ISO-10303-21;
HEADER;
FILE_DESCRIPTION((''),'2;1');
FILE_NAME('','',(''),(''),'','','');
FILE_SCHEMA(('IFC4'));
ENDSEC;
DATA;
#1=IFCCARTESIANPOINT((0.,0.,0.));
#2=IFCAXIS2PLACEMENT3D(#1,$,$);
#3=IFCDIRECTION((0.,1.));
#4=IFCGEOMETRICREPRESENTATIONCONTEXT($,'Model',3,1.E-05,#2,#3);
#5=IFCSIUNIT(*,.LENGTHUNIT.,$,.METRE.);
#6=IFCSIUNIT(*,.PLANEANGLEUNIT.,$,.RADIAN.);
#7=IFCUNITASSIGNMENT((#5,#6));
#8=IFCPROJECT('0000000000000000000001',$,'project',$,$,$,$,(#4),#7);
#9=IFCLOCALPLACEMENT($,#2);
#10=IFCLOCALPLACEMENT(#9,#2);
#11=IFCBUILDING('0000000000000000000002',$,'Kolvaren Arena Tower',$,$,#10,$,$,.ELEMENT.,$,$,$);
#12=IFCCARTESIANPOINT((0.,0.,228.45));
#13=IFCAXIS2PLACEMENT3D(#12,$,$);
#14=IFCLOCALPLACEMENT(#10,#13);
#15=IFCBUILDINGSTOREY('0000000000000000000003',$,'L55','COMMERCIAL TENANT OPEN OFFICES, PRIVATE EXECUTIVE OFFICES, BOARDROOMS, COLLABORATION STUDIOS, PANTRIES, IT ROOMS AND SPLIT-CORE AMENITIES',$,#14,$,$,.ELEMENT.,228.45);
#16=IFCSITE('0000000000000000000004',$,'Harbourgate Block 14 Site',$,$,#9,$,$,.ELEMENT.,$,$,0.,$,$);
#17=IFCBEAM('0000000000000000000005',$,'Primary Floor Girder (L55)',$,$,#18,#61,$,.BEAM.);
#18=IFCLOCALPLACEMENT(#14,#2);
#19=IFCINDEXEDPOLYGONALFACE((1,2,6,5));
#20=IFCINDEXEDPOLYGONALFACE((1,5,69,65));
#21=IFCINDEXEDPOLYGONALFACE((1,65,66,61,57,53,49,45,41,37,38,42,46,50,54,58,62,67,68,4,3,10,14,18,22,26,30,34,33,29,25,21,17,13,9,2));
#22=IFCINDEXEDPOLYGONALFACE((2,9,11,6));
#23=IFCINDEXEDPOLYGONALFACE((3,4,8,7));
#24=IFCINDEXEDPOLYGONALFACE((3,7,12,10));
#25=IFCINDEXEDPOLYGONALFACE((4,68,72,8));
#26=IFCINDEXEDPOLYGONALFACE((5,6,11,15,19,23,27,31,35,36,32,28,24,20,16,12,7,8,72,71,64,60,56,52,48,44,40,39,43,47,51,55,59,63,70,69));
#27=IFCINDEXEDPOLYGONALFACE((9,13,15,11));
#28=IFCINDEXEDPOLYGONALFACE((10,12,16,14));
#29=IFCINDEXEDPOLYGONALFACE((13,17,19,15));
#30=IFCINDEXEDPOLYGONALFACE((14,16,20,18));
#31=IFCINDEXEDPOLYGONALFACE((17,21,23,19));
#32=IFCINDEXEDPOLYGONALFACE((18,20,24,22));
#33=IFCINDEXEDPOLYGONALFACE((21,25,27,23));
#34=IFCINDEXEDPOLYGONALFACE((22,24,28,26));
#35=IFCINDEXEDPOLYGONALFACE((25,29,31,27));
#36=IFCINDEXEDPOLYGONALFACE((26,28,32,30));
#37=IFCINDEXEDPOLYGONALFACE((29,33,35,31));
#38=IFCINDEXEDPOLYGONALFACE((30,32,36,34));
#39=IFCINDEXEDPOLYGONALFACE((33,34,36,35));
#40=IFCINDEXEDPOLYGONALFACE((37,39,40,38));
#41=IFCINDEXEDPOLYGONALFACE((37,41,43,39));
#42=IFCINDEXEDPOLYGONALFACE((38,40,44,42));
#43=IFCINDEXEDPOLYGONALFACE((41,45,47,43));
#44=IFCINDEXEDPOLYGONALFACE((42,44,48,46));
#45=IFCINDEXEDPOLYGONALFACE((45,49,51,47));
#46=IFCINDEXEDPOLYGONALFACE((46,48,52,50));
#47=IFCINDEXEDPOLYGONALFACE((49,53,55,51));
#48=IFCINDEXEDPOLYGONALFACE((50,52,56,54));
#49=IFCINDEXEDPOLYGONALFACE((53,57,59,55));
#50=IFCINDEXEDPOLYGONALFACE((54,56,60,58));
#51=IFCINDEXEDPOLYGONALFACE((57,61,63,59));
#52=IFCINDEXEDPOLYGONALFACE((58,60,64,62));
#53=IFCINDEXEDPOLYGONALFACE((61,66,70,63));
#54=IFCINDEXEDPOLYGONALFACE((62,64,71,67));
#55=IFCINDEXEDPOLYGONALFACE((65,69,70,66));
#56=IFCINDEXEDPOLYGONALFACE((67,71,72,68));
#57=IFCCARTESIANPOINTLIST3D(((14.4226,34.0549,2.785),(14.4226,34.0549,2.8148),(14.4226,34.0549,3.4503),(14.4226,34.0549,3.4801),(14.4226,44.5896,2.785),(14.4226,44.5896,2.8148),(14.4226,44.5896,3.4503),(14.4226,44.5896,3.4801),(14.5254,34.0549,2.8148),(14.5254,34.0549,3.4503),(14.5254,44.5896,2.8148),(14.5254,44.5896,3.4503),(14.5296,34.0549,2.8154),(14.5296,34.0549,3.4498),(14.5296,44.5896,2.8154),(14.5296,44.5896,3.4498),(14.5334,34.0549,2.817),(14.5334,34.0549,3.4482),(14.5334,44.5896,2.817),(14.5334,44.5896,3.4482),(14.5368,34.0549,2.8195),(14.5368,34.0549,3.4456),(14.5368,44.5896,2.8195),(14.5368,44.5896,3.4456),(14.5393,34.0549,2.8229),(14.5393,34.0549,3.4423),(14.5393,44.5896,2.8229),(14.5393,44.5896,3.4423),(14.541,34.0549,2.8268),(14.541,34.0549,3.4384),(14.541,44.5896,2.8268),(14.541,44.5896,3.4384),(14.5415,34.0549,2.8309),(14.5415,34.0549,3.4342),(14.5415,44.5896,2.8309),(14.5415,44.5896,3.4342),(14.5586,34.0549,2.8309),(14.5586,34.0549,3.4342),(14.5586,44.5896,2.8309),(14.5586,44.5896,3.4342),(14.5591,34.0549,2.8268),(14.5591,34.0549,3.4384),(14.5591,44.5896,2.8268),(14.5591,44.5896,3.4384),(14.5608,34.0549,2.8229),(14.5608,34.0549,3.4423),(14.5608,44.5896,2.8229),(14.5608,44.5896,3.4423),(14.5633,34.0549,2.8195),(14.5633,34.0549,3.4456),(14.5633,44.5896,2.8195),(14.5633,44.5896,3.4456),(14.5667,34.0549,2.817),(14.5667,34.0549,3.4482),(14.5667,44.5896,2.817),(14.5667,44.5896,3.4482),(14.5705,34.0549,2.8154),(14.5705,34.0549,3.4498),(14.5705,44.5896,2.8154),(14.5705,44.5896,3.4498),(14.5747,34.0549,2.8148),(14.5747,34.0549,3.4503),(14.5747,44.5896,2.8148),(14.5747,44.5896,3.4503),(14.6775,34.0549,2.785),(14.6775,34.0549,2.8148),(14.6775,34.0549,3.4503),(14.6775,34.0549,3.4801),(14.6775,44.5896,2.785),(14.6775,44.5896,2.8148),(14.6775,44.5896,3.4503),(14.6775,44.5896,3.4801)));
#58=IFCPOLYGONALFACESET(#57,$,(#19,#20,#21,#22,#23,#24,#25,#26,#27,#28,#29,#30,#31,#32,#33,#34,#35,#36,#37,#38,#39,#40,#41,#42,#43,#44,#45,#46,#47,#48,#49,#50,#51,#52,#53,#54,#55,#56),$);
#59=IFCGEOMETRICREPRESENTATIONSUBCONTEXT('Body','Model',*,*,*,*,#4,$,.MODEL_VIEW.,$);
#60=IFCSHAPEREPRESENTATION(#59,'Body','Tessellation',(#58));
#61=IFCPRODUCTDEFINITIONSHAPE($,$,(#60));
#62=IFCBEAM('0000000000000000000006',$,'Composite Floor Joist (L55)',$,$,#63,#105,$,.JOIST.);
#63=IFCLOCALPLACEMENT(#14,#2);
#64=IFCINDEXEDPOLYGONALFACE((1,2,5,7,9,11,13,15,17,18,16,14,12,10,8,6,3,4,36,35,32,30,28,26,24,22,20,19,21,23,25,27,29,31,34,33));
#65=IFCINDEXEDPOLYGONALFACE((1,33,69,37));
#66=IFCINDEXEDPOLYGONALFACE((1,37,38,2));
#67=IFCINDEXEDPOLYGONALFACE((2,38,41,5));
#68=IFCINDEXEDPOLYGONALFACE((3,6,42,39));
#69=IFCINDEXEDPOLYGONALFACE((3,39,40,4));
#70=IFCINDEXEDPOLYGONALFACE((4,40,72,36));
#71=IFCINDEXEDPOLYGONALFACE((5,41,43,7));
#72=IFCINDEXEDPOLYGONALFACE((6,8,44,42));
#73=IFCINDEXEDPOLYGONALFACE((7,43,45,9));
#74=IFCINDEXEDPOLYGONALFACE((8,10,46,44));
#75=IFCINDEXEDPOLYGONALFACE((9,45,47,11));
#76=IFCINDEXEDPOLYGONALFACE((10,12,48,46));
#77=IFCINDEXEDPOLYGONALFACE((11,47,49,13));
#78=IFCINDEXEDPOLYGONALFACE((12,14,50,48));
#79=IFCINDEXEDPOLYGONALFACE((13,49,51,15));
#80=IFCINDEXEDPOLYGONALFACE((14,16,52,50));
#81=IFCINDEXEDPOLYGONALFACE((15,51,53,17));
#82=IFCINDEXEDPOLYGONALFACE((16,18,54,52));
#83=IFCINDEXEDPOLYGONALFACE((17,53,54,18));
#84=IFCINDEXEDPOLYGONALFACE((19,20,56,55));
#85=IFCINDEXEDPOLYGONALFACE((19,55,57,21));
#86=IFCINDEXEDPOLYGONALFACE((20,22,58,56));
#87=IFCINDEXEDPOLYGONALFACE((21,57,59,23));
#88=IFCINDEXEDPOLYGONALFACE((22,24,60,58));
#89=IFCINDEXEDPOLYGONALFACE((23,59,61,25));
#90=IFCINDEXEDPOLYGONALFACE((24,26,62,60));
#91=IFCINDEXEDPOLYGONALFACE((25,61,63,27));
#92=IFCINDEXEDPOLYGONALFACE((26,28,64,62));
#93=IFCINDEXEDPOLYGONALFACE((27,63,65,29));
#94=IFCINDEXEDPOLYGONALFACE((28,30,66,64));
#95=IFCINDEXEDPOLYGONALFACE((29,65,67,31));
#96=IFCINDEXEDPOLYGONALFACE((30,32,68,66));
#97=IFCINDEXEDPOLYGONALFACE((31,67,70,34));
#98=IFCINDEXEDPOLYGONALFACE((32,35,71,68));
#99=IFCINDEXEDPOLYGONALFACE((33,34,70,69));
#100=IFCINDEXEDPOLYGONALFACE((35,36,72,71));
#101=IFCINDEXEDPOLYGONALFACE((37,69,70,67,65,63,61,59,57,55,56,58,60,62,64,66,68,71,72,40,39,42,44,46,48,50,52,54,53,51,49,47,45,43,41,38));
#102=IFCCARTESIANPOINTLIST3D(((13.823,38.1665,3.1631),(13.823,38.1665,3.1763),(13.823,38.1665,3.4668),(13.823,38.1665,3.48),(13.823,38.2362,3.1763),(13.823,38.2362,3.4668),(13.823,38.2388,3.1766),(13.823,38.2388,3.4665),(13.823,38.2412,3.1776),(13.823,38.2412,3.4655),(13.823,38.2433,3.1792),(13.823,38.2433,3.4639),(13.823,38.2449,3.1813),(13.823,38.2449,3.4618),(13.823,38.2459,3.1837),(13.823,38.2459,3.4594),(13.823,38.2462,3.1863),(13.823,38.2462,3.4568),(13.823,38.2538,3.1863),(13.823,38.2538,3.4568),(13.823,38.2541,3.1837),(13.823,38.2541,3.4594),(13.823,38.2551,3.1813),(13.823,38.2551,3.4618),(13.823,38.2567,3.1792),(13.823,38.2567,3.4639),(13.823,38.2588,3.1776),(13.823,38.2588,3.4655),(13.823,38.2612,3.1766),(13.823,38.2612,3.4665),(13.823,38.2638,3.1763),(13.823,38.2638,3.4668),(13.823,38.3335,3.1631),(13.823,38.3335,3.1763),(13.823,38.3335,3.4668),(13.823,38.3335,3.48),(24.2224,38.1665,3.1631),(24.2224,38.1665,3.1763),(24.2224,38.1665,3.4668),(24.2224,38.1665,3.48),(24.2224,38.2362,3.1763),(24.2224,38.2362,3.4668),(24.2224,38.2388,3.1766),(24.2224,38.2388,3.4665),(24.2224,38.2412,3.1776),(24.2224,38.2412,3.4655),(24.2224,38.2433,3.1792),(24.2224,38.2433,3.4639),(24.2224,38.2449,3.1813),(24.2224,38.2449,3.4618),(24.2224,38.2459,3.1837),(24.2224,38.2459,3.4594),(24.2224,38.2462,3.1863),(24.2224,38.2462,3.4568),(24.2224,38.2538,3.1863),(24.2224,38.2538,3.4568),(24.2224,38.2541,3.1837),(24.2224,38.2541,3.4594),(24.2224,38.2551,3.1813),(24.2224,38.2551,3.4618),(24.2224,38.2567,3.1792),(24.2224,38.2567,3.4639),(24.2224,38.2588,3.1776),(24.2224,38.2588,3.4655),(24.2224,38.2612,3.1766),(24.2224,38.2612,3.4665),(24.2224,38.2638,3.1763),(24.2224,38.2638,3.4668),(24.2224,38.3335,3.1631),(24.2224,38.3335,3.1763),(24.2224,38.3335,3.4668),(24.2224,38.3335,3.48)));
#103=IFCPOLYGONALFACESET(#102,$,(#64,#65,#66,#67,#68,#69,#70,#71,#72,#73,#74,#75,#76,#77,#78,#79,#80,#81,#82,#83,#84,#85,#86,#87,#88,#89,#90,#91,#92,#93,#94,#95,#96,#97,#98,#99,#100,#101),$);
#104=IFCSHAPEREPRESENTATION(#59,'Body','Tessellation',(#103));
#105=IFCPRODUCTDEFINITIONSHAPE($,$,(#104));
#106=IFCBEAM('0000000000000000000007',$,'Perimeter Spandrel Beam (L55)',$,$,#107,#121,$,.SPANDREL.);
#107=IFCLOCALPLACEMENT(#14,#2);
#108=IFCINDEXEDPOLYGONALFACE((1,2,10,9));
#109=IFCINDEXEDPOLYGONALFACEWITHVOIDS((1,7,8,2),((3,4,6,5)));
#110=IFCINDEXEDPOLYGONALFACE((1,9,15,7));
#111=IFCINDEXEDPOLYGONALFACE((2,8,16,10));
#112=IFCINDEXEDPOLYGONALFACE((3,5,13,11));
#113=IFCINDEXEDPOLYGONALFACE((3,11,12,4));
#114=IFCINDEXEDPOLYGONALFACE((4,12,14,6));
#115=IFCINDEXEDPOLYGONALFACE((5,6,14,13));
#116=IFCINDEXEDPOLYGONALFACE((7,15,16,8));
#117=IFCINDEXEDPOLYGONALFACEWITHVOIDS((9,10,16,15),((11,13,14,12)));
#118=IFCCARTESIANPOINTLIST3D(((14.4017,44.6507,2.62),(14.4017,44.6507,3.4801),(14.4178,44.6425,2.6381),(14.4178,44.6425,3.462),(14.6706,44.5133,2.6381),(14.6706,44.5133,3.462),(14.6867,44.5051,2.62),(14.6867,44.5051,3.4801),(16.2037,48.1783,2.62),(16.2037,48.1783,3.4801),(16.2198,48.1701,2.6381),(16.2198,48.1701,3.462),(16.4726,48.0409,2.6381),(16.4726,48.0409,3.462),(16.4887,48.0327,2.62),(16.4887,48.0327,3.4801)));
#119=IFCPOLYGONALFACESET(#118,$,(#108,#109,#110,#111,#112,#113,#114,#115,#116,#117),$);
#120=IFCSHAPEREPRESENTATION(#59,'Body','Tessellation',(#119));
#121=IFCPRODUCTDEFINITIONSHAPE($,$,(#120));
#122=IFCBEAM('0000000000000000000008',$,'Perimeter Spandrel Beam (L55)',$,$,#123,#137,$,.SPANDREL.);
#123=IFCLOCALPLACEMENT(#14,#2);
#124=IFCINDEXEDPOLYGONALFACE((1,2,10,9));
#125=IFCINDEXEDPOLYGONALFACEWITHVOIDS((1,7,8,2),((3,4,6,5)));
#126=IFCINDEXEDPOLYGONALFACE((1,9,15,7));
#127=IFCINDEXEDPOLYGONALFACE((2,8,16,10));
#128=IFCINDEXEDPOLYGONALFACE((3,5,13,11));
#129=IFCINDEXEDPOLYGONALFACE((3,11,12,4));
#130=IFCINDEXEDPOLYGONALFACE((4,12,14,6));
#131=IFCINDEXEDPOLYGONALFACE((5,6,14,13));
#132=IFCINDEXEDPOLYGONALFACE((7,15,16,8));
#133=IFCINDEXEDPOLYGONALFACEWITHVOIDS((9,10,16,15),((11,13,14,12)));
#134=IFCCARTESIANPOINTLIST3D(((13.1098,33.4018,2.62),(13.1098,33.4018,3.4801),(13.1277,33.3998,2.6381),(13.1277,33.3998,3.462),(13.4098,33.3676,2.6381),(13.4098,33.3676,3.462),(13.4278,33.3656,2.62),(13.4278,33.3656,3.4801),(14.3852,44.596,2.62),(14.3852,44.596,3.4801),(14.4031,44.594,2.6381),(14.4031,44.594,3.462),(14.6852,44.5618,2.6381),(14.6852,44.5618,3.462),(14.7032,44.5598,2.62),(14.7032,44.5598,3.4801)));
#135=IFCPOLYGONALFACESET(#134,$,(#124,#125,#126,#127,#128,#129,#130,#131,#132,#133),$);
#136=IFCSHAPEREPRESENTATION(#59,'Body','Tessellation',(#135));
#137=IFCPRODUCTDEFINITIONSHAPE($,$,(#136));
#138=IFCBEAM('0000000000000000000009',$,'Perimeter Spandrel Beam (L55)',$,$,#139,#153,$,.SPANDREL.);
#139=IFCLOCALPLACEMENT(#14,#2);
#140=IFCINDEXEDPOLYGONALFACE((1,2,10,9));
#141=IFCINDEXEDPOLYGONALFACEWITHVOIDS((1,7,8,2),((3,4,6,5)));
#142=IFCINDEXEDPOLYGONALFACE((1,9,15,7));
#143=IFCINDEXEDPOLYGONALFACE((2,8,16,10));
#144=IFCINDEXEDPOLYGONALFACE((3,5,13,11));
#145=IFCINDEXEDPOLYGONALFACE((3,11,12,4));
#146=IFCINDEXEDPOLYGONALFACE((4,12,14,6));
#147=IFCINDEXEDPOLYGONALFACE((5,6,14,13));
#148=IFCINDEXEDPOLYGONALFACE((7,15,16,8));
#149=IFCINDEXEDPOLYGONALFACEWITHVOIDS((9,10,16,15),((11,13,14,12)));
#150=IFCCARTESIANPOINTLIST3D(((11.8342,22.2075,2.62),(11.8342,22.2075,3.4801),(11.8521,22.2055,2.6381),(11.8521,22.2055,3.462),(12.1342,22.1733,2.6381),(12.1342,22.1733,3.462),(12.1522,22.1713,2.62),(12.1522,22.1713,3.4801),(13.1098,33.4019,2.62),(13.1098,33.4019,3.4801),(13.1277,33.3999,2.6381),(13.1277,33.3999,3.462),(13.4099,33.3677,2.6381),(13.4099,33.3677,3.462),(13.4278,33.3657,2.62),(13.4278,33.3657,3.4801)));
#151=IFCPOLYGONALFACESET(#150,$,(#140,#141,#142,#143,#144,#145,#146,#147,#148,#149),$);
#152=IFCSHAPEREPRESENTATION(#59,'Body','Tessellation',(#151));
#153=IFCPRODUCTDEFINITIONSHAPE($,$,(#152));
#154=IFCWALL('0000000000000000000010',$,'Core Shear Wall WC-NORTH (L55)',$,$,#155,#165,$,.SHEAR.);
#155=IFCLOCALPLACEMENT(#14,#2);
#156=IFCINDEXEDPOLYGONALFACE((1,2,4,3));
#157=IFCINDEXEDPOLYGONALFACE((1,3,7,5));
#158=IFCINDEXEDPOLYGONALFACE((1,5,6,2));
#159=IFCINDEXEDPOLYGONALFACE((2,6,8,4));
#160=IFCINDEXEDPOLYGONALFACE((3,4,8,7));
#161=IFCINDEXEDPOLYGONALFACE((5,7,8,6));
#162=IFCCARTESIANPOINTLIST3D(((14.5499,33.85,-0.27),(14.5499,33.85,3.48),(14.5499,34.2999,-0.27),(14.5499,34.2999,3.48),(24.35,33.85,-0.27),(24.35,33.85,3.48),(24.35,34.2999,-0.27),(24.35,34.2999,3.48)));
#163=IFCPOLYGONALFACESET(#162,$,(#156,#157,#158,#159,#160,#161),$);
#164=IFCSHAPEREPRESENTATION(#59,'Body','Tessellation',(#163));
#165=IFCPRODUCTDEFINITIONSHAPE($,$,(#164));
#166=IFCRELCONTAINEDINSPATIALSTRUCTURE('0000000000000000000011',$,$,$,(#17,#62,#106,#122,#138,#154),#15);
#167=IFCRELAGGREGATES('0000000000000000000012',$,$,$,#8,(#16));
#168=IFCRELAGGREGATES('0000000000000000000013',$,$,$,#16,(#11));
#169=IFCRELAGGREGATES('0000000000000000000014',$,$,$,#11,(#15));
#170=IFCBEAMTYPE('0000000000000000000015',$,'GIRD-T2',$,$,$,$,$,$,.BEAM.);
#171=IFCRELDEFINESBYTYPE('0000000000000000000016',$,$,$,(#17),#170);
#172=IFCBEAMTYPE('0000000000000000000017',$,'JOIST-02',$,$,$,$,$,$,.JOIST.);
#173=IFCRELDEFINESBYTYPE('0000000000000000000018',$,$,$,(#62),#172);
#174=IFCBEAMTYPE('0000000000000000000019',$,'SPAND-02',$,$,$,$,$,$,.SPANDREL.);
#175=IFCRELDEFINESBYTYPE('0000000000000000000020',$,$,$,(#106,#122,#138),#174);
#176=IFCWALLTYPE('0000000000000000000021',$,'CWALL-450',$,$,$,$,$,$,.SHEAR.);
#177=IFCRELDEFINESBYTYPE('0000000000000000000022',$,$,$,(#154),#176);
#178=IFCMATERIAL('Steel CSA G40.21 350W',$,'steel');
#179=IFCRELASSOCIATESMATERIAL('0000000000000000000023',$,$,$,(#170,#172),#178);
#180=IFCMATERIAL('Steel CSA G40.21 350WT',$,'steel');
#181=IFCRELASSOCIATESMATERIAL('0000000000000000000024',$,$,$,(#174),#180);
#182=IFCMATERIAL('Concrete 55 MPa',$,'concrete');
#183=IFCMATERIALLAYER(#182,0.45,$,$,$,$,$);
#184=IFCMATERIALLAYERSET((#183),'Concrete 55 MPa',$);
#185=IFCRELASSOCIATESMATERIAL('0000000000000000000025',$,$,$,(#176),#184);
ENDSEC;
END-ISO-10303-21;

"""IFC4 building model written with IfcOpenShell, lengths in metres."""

from ifc_helpers import new_model, si_unit, direction, frame, frame_2d, origin, origin_2d, place, context, subcontext, project, spatial, rectangle, hollow_rectangle, i_section, extrude, material, layer, layer_set, material_profile, profile_set, type_object, element, save


model = new_model("IFC4")

# Units and contexts
model_context = context("Model", 3, precision=1e-05, world=origin(), true_north=direction((0.0, 1.0)))
body_context = subcontext(model_context, "Body", "Model", "MODEL_VIEW")
ifc_project = project(units=[si_unit("LENGTHUNIT", "METRE"), si_unit("PLANEANGLEUNIT", "RADIAN")], contexts=[model_context])

# Site, building, storey
site_placement = place(None, origin())
site = spatial("IfcSite", under=ifc_project, at=site_placement, Name="Harbourgate Block 14 Site", CompositionType="ELEMENT", RefElevation=0.0)
building_placement = place(site_placement, origin())
building = spatial("IfcBuilding", under=site, at=building_placement, Name="Kolvaren Arena Tower", CompositionType="ELEMENT")
storey_placement = place(building_placement, frame((0.0, 0.0, 228.45)))
storey = spatial("IfcBuildingStorey", under=building, at=storey_placement, Name="L55", Description="COMMERCIAL TENANT OPEN OFFICES, PRIVATE EXECUTIVE OFFICES, BOARDROOMS, COLLABORATION STUDIOS, PANTRIES, IT ROOMS AND SPLIT-CORE AMENITIES", CompositionType="ELEMENT", Elevation=228.45)

# Beams
ifc_material_1 = material(Name="Steel CSA G40.21 350W", Category="steel")
ifc_material_profile_1 = material_profile(ifc_material_1, i_section(OverallWidth=0.2549, OverallDepth=0.6951, WebThickness=0.0171, FlangeThickness=0.0298, FilletRadius=0.0161, at=origin_2d()), Name="W690x217")
ifc_profile_set_1 = profile_set([ifc_material_profile_1], Name="Steel CSA G40.21 350W")
beam_type_1 = type_object("IfcBeamType", Name="GIRD-T2", PredefinedType="BEAM", material=ifc_profile_set_1)
beam_1_placement = place(storey_placement, frame((14.55, 34.0549, 3.1326), z_axis=(0.0, 1.0, 0.0), x_axis=(-1.0, 0.0, 0.0)))
element("IfcBeam", 1, at=beam_1_placement, inside=storey, type_object=beam_type_1, Name="Primary Floor Girder (L55)", PredefinedType="BEAM", context=body_context, shape_type="SweptSolid", body=[
    extrude(i_section(OverallWidth=0.2549, OverallDepth=0.6951, WebThickness=0.0171, FlangeThickness=0.0298, FilletRadius=0.0161, at=origin_2d()), origin(), (0.0, 0.0, 1.0), 10.5347),
])
ifc_material_profile_2 = material_profile(ifc_material_1, i_section(OverallWidth=0.167, OverallDepth=0.3169, WebThickness=0.0076, FlangeThickness=0.0132, FilletRadius=0.01, at=origin_2d()), Name="W310x52")
ifc_profile_set_2 = profile_set([ifc_material_profile_2], Name="Steel CSA G40.21 350W")
beam_type_2 = type_object("IfcBeamType", Name="JOIST-02", PredefinedType="JOIST", material=ifc_profile_set_2)
beam_2_placement = place(storey_placement, frame((13.823, 38.25, 3.3215), z_axis=(1.0, 0.0, 0.0), x_axis=(0.0, 1.0, 0.0)))
element("IfcBeam", 2, at=beam_2_placement, inside=storey, type_object=beam_type_2, Name="Composite Floor Joist (L55)", PredefinedType="JOIST", context=body_context, shape_type="SweptSolid", body=[
    extrude(i_section(OverallWidth=0.167, OverallDepth=0.3169, WebThickness=0.0076, FlangeThickness=0.0132, FilletRadius=0.01, at=origin_2d()), origin(), (0.0, 0.0, 1.0), 10.3994),
])
ifc_material_2 = material(Name="Steel CSA G40.21 350WT", Category="steel")
ifc_material_profile_3 = material_profile(ifc_material_2, hollow_rectangle(XDim=0.3201, YDim=0.8601, WallThickness=0.0181, at=origin_2d()), Name="HSS 860x320x18")
ifc_profile_set_3 = profile_set([ifc_material_profile_3], Name="Steel CSA G40.21 350WT")
beam_type_3 = type_object("IfcBeamType", Name="SPAND-02", PredefinedType="SPANDREL", material=ifc_profile_set_3)
beam_3_placement = place(storey_placement, frame((16.3462, 48.1055, 3.05), z_axis=(-0.454913, -0.890536, 0.0), x_axis=(0.890536, -0.454913, 0.0)))
element("IfcBeam", 3, at=beam_3_placement, inside=storey, type_object=beam_type_3, Name="Perimeter Spandrel Beam (L55)", PredefinedType="SPANDREL", context=body_context, shape_type="SweptSolid", body=[
    extrude(hollow_rectangle(XDim=0.3201, YDim=0.8601, WallThickness=0.0181, at=origin_2d()), origin(), (0.0, 0.0, 1.0), 3.9612),
])
beam_4_placement = place(storey_placement, frame((14.5442, 44.5779, 3.05), z_axis=(-0.113202, -0.993572, 0.0), x_axis=(0.993572, -0.113202, 0.0)))
element("IfcBeam", 4, at=beam_4_placement, inside=storey, type_object=beam_type_3, Name="Perimeter Spandrel Beam (L55)", PredefinedType="SPANDREL", context=body_context, shape_type="SweptSolid", body=[
    extrude(hollow_rectangle(XDim=0.3201, YDim=0.8601, WallThickness=0.0181, at=origin_2d()), origin(), (0.0, 0.0, 1.0), 11.2666),
])
beam_5_placement = place(storey_placement, frame((13.2688, 33.3838, 3.05), z_axis=(-0.113221, -0.99357, 0.0), x_axis=(0.99357, -0.113221, 0.0)))
element("IfcBeam", 5, at=beam_5_placement, inside=storey, type_object=beam_type_3, Name="Perimeter Spandrel Beam (L55)", PredefinedType="SPANDREL", context=body_context, shape_type="SweptSolid", body=[
    extrude(hollow_rectangle(XDim=0.3201, YDim=0.8601, WallThickness=0.0181, at=origin_2d()), origin(), (0.0, 0.0, 1.0), 11.2668),
])

# Wall
ifc_material_3 = material(Name="Concrete 55 MPa", Category="concrete")
ifc_layer_1 = layer(ifc_material_3, 0.45)
ifc_layer_set_1 = layer_set([ifc_layer_1], Name="Concrete 55 MPa")
wall_type_1 = type_object("IfcWallType", Name="CWALL-450", PredefinedType="SHEAR", material=ifc_layer_set_1)
wall_1_placement = place(storey_placement, frame((14.55, 34.075, -0.27), z_axis=(0.0, 0.0, 1.0), x_axis=(1.0, 0.0, 0.0)))
element("IfcWall", 6, at=wall_1_placement, inside=storey, type_object=wall_type_1, Name="Core Shear Wall WC-NORTH (L55)", PredefinedType="SHEAR", context=body_context, shape_type="SweptSolid", body=[
    extrude(rectangle(XDim=9.8, YDim=0.45, at=frame_2d((4.8999, 0.0))), origin(), (0.0, 0.0, 1.0), 3.75),
])

save(model, "model.ifc")
